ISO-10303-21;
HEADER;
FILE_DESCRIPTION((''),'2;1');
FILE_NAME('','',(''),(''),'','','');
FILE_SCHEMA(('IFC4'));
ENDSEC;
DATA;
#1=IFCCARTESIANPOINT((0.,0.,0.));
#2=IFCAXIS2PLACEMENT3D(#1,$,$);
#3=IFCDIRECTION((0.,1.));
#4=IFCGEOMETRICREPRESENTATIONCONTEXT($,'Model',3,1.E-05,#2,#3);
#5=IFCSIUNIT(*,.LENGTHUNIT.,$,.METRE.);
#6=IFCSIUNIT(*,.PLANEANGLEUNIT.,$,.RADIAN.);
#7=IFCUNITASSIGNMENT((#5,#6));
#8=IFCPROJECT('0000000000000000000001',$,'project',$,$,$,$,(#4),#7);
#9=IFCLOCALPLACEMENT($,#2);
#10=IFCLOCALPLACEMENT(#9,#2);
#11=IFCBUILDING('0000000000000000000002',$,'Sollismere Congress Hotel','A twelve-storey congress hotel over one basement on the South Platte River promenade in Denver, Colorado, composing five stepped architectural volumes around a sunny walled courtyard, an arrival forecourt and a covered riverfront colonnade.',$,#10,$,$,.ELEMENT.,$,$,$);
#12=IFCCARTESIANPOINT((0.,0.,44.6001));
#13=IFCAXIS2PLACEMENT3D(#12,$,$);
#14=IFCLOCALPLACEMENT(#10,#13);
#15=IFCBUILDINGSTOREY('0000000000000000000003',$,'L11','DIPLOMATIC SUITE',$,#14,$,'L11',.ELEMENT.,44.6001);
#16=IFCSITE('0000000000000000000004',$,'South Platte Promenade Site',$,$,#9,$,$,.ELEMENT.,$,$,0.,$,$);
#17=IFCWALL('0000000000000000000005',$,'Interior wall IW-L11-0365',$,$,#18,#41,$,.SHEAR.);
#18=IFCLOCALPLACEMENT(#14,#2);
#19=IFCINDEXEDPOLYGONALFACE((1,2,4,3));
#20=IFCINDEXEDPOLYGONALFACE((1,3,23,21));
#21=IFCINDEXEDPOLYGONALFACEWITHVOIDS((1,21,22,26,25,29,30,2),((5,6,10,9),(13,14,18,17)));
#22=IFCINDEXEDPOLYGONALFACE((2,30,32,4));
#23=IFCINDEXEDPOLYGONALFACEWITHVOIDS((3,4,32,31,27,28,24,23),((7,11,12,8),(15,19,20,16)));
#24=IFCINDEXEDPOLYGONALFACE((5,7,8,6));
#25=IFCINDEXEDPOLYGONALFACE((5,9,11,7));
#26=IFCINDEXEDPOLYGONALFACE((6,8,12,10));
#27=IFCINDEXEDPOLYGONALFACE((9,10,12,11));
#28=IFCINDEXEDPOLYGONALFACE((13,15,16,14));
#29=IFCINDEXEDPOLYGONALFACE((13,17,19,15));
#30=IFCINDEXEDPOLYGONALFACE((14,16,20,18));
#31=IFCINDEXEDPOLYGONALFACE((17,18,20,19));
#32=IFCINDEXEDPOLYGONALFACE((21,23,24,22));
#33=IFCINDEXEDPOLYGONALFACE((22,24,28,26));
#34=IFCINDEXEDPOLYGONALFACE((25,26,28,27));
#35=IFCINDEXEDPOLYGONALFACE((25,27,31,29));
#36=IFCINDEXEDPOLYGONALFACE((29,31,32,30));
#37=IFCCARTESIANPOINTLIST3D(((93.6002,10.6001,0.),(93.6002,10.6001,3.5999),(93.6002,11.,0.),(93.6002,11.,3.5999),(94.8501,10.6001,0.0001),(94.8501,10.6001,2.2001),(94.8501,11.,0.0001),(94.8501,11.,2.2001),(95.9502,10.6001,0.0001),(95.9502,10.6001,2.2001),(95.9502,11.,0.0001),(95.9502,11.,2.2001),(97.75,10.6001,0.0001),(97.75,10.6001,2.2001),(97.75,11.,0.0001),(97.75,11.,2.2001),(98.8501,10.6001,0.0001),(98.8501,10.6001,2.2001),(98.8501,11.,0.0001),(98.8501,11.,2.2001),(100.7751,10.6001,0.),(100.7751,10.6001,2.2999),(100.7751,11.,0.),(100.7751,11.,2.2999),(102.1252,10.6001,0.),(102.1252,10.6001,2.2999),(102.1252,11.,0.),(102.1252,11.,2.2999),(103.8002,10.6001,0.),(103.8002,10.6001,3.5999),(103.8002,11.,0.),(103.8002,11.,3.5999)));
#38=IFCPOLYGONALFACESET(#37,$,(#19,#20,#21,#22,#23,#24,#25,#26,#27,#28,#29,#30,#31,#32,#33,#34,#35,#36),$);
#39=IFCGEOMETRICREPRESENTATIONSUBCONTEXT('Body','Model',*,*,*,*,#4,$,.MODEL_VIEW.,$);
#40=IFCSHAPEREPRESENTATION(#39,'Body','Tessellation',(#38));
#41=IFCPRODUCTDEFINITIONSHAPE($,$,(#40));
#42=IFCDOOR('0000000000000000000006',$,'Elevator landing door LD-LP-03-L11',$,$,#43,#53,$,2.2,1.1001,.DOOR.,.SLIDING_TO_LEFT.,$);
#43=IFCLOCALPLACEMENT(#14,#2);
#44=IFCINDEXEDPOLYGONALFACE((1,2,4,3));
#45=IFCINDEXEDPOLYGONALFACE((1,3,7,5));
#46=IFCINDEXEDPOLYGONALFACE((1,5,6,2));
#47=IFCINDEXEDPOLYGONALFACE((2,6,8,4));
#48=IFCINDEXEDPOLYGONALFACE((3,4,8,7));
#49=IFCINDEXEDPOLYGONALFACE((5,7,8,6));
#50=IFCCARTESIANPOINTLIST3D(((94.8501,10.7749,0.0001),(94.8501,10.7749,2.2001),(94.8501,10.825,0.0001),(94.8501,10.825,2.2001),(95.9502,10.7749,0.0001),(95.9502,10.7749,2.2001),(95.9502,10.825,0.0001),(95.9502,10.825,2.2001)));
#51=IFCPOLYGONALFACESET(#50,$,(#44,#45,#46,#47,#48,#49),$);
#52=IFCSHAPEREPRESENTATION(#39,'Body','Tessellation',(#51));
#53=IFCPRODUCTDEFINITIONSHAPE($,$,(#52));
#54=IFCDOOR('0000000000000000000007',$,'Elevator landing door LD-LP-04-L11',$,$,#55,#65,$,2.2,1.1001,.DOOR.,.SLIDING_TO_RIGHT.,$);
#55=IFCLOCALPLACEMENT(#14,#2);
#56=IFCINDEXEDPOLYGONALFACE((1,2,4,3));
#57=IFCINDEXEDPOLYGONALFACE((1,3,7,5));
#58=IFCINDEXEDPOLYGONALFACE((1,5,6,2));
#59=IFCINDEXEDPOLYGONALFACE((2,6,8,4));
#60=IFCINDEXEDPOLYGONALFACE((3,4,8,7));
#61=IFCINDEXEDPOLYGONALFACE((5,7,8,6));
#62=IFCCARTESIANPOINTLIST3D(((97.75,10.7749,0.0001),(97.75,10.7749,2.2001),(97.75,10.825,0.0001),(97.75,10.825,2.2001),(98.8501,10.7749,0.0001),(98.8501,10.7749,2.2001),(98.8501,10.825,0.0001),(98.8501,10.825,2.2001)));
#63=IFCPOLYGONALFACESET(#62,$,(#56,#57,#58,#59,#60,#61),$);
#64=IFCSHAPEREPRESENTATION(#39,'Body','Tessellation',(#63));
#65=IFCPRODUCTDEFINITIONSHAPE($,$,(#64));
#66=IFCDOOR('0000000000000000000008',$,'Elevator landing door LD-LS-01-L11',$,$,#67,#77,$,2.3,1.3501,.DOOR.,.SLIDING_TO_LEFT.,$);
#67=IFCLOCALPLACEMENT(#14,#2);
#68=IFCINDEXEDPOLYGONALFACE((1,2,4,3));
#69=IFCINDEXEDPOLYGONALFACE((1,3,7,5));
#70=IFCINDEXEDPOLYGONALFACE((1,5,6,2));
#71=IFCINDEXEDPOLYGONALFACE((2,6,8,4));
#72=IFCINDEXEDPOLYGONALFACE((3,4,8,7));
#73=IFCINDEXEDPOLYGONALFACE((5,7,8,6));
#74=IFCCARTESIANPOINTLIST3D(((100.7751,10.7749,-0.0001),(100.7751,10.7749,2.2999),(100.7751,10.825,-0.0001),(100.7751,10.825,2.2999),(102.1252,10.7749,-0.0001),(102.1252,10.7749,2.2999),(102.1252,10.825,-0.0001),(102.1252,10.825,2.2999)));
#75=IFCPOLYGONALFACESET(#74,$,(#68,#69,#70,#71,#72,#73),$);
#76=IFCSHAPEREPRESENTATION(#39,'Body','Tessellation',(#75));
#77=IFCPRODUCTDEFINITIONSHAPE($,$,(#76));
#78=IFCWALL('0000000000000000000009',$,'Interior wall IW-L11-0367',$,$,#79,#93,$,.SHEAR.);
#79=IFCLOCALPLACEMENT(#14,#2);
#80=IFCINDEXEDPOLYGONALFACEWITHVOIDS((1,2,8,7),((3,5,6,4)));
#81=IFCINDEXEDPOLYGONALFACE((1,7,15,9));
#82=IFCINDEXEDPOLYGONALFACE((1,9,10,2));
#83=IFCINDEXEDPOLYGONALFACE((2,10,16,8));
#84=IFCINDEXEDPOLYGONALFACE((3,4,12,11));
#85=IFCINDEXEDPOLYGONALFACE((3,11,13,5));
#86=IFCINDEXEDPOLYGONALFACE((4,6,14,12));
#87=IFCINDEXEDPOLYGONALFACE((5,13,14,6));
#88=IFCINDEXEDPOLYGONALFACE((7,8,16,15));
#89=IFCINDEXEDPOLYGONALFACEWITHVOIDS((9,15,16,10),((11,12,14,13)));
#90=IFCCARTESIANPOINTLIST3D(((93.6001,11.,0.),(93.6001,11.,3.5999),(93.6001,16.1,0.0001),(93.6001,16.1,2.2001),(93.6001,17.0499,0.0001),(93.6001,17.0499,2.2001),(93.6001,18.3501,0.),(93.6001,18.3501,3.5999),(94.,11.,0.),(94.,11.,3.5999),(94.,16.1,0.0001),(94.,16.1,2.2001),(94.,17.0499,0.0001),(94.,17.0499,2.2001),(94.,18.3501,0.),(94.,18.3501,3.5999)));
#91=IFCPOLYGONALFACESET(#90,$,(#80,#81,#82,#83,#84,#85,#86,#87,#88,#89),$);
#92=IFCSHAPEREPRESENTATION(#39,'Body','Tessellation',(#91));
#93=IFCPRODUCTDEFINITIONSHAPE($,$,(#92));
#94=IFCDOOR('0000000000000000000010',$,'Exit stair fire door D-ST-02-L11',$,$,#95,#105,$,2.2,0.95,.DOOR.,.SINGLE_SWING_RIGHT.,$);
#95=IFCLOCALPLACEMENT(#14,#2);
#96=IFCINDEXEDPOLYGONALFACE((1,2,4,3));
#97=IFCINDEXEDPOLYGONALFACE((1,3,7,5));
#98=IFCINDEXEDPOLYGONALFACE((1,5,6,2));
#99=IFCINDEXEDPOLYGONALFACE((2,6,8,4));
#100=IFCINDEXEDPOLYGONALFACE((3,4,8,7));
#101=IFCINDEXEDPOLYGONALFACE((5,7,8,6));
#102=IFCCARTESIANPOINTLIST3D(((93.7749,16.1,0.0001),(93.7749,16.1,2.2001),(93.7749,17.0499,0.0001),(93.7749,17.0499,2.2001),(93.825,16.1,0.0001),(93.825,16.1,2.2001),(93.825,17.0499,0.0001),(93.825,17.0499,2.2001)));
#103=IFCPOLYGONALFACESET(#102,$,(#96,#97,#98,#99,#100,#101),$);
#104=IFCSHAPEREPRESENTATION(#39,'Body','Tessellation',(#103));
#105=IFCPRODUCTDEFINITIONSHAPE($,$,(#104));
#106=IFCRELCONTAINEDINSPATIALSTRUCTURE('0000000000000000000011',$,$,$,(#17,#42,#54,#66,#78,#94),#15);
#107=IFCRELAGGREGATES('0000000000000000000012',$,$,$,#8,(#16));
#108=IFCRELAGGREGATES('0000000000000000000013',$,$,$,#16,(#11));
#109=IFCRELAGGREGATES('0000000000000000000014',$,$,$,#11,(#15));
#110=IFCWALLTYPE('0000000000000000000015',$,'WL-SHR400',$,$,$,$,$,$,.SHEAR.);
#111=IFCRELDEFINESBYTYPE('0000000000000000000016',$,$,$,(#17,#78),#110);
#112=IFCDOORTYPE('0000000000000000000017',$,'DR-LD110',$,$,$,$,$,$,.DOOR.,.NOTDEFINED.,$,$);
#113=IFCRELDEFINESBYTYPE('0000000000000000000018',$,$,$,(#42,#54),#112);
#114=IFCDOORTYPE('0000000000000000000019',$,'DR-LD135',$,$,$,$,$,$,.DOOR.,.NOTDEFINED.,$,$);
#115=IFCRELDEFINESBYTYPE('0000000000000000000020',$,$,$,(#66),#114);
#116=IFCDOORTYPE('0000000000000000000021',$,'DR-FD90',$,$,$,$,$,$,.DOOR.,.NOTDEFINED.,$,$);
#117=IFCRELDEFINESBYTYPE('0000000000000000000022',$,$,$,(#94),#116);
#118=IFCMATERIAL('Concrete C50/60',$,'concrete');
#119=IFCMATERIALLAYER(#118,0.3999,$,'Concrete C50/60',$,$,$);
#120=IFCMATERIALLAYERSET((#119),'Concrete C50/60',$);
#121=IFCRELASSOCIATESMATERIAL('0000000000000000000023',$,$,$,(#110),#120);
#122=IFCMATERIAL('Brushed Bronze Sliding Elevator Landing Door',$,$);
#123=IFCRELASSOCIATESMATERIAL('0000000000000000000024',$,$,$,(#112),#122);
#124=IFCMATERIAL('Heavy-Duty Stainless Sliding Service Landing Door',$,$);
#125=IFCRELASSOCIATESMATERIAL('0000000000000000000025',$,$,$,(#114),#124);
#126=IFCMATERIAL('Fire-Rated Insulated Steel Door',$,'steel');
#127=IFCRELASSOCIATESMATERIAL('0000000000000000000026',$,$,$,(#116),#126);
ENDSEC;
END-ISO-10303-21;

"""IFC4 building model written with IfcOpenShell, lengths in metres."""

from ifc_helpers import new_model, si_unit, direction, frame, frame_2d, origin, place, context, subcontext, project, spatial, rectangle, extrude, material, layer, layer_set, type_object, element, fill, save


model = new_model("IFC4")

# Units and contexts
model_context = context("Model", 3, precision=1e-05, world=origin(), true_north=direction((0.0, 1.0)))
body_context = subcontext(model_context, "Body", "Model", "MODEL_VIEW")
ifc_project = project(units=[si_unit("LENGTHUNIT", "METRE"), si_unit("PLANEANGLEUNIT", "RADIAN")], contexts=[model_context])

# Site, building, storey
site_placement = place(None, origin())
site = spatial("IfcSite", under=ifc_project, at=site_placement, Name="South Platte Promenade Site", CompositionType="ELEMENT", RefElevation=0.0)
building_placement = place(site_placement, origin())
building = spatial("IfcBuilding", under=site, at=building_placement, Name="Sollismere Congress Hotel", Description="A twelve-storey congress hotel over one basement on the South Platte River promenade in Denver, Colorado, composing five stepped architectural volumes around a sunny walled courtyard, an arrival forecourt and a covered riverfront colonnade.", CompositionType="ELEMENT")
storey_placement = place(building_placement, frame((0.0, 0.0, 44.6001)))
storey = spatial("IfcBuildingStorey", under=building, at=storey_placement, Name="L11", Description="DIPLOMATIC SUITE", LongName="L11", CompositionType="ELEMENT", Elevation=44.6001)

# Shared definitions
ifc_material_1 = material(Name="Concrete C50/60", Category="concrete")

# Wall, openings, doors
ifc_layer_1 = layer(ifc_material_1, 0.3999, Name="Concrete C50/60")
ifc_layer_set_1 = layer_set([ifc_layer_1], Name="Concrete C50/60")
wall_type_1 = type_object("IfcWallType", Name="WL-SHR400", PredefinedType="SHEAR", material=ifc_layer_set_1)
wall_1_placement = place(storey_placement, frame((93.6001, 10.8, 0.0), z_axis=(0.0, 0.0, 1.0), x_axis=(1.0, 0.0, 0.0)))
wall_1 = element("IfcWall", 1, at=wall_1_placement, inside=storey, type_object=wall_type_1, Name="Interior wall IW-L11-0365", PredefinedType="SHEAR", context=body_context, shape_type="SweptSolid", body=[
    extrude(rectangle(XDim=10.2, YDim=0.3999, at=frame_2d((5.1001, 0.0))), origin(), (0.0, 0.0, 1.0), 3.5999),
])
opening_1_placement = place(wall_1_placement, frame((1.25, 0.0, 0.0)))
opening_1 = element("IfcOpeningElement", 2, at=opening_1_placement, cuts=wall_1, PredefinedType="OPENING", context=body_context, shape_type="SweptSolid", body=[
    extrude(rectangle(XDim=1.1001, YDim=2.2, at=frame_2d((0.55, 1.1001))), frame((0.0, 0.21, 0.0), z_axis=(0.0, -1.0, 0.0), x_axis=(1.0, 0.0, 0.0)), (0.0, 0.0, 1.0), 0.4199),
])
opening_2_placement = place(wall_1_placement, frame((4.1499, 0.0, 0.0)))
opening_2 = element("IfcOpeningElement", 3, at=opening_2_placement, cuts=wall_1, PredefinedType="OPENING", context=body_context, shape_type="SweptSolid", body=[
    extrude(rectangle(XDim=1.1001, YDim=2.2, at=frame_2d((0.55, 1.1001))), frame((0.0, 0.21, 0.0), z_axis=(0.0, -1.0, 0.0), x_axis=(1.0, 0.0, 0.0)), (0.0, 0.0, 1.0), 0.4199),
])
opening_3_placement = place(wall_1_placement, frame((7.175, 0.0, 0.0)))
opening_3 = element("IfcOpeningElement", 4, at=opening_3_placement, cuts=wall_1, PredefinedType="OPENING", context=body_context, shape_type="SweptSolid", body=[
    extrude(rectangle(XDim=1.3501, YDim=2.3, at=frame_2d((0.675, 1.1499))), frame((0.0, 0.21, 0.0), z_axis=(0.0, -1.0, 0.0), x_axis=(1.0, 0.0, 0.0)), (0.0, 0.0, 1.0), 0.4199),
])
ifc_material_2 = material(Name="Brushed Bronze Sliding Elevator Landing Door")
door_type_1 = type_object("IfcDoorType", Name="DR-LD110", OperationType="NOTDEFINED", PredefinedType="DOOR", material=ifc_material_2)
door_1_placement = place(opening_1_placement, origin())
door_1 = element("IfcDoor", 5, at=door_1_placement, inside=storey, type_object=door_type_1, Name="Elevator landing door LD-LP-03-L11", OperationType="SLIDING_TO_LEFT", OverallHeight=2.2, OverallWidth=1.1001, PredefinedType="DOOR", context=body_context, shape_type="SweptSolid", body=[
    extrude(rectangle(XDim=1.1001, YDim=2.2, at=frame_2d((0.55, 1.1001))), frame((0.0, 0.0249, 0.0), z_axis=(0.0, -1.0, 0.0), x_axis=(1.0, 0.0, 0.0)), (0.0, 0.0, 1.0), 0.05),
])
fill(opening_1, door_1)
door_2_placement = place(opening_2_placement, origin())
door_2 = element("IfcDoor", 6, at=door_2_placement, inside=storey, type_object=door_type_1, Name="Elevator landing door LD-LP-04-L11", OperationType="SLIDING_TO_RIGHT", OverallHeight=2.2, OverallWidth=1.1001, PredefinedType="DOOR", context=body_context, shape_type="SweptSolid", body=[
    extrude(rectangle(XDim=1.1001, YDim=2.2, at=frame_2d((0.55, 1.1001))), frame((0.0, 0.0249, 0.0), z_axis=(0.0, -1.0, 0.0), x_axis=(1.0, 0.0, 0.0)), (0.0, 0.0, 1.0), 0.05),
])
fill(opening_2, door_2)
ifc_material_3 = material(Name="Heavy-Duty Stainless Sliding Service Landing Door")
door_type_2 = type_object("IfcDoorType", Name="DR-LD135", OperationType="NOTDEFINED", PredefinedType="DOOR", material=ifc_material_3)
door_3_placement = place(opening_3_placement, origin())
door_3 = element("IfcDoor", 7, at=door_3_placement, inside=storey, type_object=door_type_2, Name="Elevator landing door LD-LS-01-L11", OperationType="SLIDING_TO_LEFT", OverallHeight=2.3, OverallWidth=1.3501, PredefinedType="DOOR", context=body_context, shape_type="SweptSolid", body=[
    extrude(rectangle(XDim=1.3501, YDim=2.3, at=frame_2d((0.675, 1.1499))), frame((0.0, 0.0249, 0.0), z_axis=(0.0, -1.0, 0.0), x_axis=(1.0, 0.0, 0.0)), (0.0, 0.0, 1.0), 0.05),
])
fill(opening_3, door_3)

# Wall, opening, door
wall_2_placement = place(storey_placement, frame((93.8, 18.3501, 0.0), z_axis=(0.0, 0.0, 1.0), x_axis=(0.0, -1.0, 0.0)))
wall_2 = element("IfcWall", 8, at=wall_2_placement, inside=storey, type_object=wall_type_1, Name="Interior wall IW-L11-0367", PredefinedType="SHEAR", context=body_context, shape_type="SweptSolid", body=[
    extrude(rectangle(XDim=7.3501, YDim=0.3999, at=frame_2d((3.675, 0.0))), origin(), (0.0, 0.0, 1.0), 3.5999),
])
opening_4_placement = place(wall_2_placement, frame((1.3, 0.0, 0.0)))
opening_4 = element("IfcOpeningElement", 9, at=opening_4_placement, cuts=wall_2, PredefinedType="OPENING", context=body_context, shape_type="SweptSolid", body=[
    extrude(rectangle(XDim=0.95, YDim=2.2, at=frame_2d((0.4751, 1.1001))), frame((0.0, 0.21, 0.0), z_axis=(0.0, -1.0, 0.0), x_axis=(1.0, 0.0, 0.0)), (0.0, 0.0, 1.0), 0.4199),
])
ifc_material_4 = material(Name="Fire-Rated Insulated Steel Door", Category="steel")
door_type_3 = type_object("IfcDoorType", Name="DR-FD90", OperationType="NOTDEFINED", PredefinedType="DOOR", material=ifc_material_4)
door_4_placement = place(opening_4_placement, origin())
door_4 = element("IfcDoor", 10, at=door_4_placement, inside=storey, type_object=door_type_3, Name="Exit stair fire door D-ST-02-L11", OperationType="SINGLE_SWING_RIGHT", OverallHeight=2.2, OverallWidth=0.95, PredefinedType="DOOR", context=body_context, shape_type="SweptSolid", body=[
    extrude(rectangle(XDim=0.95, YDim=2.2, at=frame_2d((0.4751, 1.1001))), frame((0.0, 0.0249, 0.0), z_axis=(0.0, -1.0, 0.0), x_axis=(1.0, 0.0, 0.0)), (0.0, 0.0, 1.0), 0.05),
])
fill(opening_4, door_4)

save(model, "model.ifc")
